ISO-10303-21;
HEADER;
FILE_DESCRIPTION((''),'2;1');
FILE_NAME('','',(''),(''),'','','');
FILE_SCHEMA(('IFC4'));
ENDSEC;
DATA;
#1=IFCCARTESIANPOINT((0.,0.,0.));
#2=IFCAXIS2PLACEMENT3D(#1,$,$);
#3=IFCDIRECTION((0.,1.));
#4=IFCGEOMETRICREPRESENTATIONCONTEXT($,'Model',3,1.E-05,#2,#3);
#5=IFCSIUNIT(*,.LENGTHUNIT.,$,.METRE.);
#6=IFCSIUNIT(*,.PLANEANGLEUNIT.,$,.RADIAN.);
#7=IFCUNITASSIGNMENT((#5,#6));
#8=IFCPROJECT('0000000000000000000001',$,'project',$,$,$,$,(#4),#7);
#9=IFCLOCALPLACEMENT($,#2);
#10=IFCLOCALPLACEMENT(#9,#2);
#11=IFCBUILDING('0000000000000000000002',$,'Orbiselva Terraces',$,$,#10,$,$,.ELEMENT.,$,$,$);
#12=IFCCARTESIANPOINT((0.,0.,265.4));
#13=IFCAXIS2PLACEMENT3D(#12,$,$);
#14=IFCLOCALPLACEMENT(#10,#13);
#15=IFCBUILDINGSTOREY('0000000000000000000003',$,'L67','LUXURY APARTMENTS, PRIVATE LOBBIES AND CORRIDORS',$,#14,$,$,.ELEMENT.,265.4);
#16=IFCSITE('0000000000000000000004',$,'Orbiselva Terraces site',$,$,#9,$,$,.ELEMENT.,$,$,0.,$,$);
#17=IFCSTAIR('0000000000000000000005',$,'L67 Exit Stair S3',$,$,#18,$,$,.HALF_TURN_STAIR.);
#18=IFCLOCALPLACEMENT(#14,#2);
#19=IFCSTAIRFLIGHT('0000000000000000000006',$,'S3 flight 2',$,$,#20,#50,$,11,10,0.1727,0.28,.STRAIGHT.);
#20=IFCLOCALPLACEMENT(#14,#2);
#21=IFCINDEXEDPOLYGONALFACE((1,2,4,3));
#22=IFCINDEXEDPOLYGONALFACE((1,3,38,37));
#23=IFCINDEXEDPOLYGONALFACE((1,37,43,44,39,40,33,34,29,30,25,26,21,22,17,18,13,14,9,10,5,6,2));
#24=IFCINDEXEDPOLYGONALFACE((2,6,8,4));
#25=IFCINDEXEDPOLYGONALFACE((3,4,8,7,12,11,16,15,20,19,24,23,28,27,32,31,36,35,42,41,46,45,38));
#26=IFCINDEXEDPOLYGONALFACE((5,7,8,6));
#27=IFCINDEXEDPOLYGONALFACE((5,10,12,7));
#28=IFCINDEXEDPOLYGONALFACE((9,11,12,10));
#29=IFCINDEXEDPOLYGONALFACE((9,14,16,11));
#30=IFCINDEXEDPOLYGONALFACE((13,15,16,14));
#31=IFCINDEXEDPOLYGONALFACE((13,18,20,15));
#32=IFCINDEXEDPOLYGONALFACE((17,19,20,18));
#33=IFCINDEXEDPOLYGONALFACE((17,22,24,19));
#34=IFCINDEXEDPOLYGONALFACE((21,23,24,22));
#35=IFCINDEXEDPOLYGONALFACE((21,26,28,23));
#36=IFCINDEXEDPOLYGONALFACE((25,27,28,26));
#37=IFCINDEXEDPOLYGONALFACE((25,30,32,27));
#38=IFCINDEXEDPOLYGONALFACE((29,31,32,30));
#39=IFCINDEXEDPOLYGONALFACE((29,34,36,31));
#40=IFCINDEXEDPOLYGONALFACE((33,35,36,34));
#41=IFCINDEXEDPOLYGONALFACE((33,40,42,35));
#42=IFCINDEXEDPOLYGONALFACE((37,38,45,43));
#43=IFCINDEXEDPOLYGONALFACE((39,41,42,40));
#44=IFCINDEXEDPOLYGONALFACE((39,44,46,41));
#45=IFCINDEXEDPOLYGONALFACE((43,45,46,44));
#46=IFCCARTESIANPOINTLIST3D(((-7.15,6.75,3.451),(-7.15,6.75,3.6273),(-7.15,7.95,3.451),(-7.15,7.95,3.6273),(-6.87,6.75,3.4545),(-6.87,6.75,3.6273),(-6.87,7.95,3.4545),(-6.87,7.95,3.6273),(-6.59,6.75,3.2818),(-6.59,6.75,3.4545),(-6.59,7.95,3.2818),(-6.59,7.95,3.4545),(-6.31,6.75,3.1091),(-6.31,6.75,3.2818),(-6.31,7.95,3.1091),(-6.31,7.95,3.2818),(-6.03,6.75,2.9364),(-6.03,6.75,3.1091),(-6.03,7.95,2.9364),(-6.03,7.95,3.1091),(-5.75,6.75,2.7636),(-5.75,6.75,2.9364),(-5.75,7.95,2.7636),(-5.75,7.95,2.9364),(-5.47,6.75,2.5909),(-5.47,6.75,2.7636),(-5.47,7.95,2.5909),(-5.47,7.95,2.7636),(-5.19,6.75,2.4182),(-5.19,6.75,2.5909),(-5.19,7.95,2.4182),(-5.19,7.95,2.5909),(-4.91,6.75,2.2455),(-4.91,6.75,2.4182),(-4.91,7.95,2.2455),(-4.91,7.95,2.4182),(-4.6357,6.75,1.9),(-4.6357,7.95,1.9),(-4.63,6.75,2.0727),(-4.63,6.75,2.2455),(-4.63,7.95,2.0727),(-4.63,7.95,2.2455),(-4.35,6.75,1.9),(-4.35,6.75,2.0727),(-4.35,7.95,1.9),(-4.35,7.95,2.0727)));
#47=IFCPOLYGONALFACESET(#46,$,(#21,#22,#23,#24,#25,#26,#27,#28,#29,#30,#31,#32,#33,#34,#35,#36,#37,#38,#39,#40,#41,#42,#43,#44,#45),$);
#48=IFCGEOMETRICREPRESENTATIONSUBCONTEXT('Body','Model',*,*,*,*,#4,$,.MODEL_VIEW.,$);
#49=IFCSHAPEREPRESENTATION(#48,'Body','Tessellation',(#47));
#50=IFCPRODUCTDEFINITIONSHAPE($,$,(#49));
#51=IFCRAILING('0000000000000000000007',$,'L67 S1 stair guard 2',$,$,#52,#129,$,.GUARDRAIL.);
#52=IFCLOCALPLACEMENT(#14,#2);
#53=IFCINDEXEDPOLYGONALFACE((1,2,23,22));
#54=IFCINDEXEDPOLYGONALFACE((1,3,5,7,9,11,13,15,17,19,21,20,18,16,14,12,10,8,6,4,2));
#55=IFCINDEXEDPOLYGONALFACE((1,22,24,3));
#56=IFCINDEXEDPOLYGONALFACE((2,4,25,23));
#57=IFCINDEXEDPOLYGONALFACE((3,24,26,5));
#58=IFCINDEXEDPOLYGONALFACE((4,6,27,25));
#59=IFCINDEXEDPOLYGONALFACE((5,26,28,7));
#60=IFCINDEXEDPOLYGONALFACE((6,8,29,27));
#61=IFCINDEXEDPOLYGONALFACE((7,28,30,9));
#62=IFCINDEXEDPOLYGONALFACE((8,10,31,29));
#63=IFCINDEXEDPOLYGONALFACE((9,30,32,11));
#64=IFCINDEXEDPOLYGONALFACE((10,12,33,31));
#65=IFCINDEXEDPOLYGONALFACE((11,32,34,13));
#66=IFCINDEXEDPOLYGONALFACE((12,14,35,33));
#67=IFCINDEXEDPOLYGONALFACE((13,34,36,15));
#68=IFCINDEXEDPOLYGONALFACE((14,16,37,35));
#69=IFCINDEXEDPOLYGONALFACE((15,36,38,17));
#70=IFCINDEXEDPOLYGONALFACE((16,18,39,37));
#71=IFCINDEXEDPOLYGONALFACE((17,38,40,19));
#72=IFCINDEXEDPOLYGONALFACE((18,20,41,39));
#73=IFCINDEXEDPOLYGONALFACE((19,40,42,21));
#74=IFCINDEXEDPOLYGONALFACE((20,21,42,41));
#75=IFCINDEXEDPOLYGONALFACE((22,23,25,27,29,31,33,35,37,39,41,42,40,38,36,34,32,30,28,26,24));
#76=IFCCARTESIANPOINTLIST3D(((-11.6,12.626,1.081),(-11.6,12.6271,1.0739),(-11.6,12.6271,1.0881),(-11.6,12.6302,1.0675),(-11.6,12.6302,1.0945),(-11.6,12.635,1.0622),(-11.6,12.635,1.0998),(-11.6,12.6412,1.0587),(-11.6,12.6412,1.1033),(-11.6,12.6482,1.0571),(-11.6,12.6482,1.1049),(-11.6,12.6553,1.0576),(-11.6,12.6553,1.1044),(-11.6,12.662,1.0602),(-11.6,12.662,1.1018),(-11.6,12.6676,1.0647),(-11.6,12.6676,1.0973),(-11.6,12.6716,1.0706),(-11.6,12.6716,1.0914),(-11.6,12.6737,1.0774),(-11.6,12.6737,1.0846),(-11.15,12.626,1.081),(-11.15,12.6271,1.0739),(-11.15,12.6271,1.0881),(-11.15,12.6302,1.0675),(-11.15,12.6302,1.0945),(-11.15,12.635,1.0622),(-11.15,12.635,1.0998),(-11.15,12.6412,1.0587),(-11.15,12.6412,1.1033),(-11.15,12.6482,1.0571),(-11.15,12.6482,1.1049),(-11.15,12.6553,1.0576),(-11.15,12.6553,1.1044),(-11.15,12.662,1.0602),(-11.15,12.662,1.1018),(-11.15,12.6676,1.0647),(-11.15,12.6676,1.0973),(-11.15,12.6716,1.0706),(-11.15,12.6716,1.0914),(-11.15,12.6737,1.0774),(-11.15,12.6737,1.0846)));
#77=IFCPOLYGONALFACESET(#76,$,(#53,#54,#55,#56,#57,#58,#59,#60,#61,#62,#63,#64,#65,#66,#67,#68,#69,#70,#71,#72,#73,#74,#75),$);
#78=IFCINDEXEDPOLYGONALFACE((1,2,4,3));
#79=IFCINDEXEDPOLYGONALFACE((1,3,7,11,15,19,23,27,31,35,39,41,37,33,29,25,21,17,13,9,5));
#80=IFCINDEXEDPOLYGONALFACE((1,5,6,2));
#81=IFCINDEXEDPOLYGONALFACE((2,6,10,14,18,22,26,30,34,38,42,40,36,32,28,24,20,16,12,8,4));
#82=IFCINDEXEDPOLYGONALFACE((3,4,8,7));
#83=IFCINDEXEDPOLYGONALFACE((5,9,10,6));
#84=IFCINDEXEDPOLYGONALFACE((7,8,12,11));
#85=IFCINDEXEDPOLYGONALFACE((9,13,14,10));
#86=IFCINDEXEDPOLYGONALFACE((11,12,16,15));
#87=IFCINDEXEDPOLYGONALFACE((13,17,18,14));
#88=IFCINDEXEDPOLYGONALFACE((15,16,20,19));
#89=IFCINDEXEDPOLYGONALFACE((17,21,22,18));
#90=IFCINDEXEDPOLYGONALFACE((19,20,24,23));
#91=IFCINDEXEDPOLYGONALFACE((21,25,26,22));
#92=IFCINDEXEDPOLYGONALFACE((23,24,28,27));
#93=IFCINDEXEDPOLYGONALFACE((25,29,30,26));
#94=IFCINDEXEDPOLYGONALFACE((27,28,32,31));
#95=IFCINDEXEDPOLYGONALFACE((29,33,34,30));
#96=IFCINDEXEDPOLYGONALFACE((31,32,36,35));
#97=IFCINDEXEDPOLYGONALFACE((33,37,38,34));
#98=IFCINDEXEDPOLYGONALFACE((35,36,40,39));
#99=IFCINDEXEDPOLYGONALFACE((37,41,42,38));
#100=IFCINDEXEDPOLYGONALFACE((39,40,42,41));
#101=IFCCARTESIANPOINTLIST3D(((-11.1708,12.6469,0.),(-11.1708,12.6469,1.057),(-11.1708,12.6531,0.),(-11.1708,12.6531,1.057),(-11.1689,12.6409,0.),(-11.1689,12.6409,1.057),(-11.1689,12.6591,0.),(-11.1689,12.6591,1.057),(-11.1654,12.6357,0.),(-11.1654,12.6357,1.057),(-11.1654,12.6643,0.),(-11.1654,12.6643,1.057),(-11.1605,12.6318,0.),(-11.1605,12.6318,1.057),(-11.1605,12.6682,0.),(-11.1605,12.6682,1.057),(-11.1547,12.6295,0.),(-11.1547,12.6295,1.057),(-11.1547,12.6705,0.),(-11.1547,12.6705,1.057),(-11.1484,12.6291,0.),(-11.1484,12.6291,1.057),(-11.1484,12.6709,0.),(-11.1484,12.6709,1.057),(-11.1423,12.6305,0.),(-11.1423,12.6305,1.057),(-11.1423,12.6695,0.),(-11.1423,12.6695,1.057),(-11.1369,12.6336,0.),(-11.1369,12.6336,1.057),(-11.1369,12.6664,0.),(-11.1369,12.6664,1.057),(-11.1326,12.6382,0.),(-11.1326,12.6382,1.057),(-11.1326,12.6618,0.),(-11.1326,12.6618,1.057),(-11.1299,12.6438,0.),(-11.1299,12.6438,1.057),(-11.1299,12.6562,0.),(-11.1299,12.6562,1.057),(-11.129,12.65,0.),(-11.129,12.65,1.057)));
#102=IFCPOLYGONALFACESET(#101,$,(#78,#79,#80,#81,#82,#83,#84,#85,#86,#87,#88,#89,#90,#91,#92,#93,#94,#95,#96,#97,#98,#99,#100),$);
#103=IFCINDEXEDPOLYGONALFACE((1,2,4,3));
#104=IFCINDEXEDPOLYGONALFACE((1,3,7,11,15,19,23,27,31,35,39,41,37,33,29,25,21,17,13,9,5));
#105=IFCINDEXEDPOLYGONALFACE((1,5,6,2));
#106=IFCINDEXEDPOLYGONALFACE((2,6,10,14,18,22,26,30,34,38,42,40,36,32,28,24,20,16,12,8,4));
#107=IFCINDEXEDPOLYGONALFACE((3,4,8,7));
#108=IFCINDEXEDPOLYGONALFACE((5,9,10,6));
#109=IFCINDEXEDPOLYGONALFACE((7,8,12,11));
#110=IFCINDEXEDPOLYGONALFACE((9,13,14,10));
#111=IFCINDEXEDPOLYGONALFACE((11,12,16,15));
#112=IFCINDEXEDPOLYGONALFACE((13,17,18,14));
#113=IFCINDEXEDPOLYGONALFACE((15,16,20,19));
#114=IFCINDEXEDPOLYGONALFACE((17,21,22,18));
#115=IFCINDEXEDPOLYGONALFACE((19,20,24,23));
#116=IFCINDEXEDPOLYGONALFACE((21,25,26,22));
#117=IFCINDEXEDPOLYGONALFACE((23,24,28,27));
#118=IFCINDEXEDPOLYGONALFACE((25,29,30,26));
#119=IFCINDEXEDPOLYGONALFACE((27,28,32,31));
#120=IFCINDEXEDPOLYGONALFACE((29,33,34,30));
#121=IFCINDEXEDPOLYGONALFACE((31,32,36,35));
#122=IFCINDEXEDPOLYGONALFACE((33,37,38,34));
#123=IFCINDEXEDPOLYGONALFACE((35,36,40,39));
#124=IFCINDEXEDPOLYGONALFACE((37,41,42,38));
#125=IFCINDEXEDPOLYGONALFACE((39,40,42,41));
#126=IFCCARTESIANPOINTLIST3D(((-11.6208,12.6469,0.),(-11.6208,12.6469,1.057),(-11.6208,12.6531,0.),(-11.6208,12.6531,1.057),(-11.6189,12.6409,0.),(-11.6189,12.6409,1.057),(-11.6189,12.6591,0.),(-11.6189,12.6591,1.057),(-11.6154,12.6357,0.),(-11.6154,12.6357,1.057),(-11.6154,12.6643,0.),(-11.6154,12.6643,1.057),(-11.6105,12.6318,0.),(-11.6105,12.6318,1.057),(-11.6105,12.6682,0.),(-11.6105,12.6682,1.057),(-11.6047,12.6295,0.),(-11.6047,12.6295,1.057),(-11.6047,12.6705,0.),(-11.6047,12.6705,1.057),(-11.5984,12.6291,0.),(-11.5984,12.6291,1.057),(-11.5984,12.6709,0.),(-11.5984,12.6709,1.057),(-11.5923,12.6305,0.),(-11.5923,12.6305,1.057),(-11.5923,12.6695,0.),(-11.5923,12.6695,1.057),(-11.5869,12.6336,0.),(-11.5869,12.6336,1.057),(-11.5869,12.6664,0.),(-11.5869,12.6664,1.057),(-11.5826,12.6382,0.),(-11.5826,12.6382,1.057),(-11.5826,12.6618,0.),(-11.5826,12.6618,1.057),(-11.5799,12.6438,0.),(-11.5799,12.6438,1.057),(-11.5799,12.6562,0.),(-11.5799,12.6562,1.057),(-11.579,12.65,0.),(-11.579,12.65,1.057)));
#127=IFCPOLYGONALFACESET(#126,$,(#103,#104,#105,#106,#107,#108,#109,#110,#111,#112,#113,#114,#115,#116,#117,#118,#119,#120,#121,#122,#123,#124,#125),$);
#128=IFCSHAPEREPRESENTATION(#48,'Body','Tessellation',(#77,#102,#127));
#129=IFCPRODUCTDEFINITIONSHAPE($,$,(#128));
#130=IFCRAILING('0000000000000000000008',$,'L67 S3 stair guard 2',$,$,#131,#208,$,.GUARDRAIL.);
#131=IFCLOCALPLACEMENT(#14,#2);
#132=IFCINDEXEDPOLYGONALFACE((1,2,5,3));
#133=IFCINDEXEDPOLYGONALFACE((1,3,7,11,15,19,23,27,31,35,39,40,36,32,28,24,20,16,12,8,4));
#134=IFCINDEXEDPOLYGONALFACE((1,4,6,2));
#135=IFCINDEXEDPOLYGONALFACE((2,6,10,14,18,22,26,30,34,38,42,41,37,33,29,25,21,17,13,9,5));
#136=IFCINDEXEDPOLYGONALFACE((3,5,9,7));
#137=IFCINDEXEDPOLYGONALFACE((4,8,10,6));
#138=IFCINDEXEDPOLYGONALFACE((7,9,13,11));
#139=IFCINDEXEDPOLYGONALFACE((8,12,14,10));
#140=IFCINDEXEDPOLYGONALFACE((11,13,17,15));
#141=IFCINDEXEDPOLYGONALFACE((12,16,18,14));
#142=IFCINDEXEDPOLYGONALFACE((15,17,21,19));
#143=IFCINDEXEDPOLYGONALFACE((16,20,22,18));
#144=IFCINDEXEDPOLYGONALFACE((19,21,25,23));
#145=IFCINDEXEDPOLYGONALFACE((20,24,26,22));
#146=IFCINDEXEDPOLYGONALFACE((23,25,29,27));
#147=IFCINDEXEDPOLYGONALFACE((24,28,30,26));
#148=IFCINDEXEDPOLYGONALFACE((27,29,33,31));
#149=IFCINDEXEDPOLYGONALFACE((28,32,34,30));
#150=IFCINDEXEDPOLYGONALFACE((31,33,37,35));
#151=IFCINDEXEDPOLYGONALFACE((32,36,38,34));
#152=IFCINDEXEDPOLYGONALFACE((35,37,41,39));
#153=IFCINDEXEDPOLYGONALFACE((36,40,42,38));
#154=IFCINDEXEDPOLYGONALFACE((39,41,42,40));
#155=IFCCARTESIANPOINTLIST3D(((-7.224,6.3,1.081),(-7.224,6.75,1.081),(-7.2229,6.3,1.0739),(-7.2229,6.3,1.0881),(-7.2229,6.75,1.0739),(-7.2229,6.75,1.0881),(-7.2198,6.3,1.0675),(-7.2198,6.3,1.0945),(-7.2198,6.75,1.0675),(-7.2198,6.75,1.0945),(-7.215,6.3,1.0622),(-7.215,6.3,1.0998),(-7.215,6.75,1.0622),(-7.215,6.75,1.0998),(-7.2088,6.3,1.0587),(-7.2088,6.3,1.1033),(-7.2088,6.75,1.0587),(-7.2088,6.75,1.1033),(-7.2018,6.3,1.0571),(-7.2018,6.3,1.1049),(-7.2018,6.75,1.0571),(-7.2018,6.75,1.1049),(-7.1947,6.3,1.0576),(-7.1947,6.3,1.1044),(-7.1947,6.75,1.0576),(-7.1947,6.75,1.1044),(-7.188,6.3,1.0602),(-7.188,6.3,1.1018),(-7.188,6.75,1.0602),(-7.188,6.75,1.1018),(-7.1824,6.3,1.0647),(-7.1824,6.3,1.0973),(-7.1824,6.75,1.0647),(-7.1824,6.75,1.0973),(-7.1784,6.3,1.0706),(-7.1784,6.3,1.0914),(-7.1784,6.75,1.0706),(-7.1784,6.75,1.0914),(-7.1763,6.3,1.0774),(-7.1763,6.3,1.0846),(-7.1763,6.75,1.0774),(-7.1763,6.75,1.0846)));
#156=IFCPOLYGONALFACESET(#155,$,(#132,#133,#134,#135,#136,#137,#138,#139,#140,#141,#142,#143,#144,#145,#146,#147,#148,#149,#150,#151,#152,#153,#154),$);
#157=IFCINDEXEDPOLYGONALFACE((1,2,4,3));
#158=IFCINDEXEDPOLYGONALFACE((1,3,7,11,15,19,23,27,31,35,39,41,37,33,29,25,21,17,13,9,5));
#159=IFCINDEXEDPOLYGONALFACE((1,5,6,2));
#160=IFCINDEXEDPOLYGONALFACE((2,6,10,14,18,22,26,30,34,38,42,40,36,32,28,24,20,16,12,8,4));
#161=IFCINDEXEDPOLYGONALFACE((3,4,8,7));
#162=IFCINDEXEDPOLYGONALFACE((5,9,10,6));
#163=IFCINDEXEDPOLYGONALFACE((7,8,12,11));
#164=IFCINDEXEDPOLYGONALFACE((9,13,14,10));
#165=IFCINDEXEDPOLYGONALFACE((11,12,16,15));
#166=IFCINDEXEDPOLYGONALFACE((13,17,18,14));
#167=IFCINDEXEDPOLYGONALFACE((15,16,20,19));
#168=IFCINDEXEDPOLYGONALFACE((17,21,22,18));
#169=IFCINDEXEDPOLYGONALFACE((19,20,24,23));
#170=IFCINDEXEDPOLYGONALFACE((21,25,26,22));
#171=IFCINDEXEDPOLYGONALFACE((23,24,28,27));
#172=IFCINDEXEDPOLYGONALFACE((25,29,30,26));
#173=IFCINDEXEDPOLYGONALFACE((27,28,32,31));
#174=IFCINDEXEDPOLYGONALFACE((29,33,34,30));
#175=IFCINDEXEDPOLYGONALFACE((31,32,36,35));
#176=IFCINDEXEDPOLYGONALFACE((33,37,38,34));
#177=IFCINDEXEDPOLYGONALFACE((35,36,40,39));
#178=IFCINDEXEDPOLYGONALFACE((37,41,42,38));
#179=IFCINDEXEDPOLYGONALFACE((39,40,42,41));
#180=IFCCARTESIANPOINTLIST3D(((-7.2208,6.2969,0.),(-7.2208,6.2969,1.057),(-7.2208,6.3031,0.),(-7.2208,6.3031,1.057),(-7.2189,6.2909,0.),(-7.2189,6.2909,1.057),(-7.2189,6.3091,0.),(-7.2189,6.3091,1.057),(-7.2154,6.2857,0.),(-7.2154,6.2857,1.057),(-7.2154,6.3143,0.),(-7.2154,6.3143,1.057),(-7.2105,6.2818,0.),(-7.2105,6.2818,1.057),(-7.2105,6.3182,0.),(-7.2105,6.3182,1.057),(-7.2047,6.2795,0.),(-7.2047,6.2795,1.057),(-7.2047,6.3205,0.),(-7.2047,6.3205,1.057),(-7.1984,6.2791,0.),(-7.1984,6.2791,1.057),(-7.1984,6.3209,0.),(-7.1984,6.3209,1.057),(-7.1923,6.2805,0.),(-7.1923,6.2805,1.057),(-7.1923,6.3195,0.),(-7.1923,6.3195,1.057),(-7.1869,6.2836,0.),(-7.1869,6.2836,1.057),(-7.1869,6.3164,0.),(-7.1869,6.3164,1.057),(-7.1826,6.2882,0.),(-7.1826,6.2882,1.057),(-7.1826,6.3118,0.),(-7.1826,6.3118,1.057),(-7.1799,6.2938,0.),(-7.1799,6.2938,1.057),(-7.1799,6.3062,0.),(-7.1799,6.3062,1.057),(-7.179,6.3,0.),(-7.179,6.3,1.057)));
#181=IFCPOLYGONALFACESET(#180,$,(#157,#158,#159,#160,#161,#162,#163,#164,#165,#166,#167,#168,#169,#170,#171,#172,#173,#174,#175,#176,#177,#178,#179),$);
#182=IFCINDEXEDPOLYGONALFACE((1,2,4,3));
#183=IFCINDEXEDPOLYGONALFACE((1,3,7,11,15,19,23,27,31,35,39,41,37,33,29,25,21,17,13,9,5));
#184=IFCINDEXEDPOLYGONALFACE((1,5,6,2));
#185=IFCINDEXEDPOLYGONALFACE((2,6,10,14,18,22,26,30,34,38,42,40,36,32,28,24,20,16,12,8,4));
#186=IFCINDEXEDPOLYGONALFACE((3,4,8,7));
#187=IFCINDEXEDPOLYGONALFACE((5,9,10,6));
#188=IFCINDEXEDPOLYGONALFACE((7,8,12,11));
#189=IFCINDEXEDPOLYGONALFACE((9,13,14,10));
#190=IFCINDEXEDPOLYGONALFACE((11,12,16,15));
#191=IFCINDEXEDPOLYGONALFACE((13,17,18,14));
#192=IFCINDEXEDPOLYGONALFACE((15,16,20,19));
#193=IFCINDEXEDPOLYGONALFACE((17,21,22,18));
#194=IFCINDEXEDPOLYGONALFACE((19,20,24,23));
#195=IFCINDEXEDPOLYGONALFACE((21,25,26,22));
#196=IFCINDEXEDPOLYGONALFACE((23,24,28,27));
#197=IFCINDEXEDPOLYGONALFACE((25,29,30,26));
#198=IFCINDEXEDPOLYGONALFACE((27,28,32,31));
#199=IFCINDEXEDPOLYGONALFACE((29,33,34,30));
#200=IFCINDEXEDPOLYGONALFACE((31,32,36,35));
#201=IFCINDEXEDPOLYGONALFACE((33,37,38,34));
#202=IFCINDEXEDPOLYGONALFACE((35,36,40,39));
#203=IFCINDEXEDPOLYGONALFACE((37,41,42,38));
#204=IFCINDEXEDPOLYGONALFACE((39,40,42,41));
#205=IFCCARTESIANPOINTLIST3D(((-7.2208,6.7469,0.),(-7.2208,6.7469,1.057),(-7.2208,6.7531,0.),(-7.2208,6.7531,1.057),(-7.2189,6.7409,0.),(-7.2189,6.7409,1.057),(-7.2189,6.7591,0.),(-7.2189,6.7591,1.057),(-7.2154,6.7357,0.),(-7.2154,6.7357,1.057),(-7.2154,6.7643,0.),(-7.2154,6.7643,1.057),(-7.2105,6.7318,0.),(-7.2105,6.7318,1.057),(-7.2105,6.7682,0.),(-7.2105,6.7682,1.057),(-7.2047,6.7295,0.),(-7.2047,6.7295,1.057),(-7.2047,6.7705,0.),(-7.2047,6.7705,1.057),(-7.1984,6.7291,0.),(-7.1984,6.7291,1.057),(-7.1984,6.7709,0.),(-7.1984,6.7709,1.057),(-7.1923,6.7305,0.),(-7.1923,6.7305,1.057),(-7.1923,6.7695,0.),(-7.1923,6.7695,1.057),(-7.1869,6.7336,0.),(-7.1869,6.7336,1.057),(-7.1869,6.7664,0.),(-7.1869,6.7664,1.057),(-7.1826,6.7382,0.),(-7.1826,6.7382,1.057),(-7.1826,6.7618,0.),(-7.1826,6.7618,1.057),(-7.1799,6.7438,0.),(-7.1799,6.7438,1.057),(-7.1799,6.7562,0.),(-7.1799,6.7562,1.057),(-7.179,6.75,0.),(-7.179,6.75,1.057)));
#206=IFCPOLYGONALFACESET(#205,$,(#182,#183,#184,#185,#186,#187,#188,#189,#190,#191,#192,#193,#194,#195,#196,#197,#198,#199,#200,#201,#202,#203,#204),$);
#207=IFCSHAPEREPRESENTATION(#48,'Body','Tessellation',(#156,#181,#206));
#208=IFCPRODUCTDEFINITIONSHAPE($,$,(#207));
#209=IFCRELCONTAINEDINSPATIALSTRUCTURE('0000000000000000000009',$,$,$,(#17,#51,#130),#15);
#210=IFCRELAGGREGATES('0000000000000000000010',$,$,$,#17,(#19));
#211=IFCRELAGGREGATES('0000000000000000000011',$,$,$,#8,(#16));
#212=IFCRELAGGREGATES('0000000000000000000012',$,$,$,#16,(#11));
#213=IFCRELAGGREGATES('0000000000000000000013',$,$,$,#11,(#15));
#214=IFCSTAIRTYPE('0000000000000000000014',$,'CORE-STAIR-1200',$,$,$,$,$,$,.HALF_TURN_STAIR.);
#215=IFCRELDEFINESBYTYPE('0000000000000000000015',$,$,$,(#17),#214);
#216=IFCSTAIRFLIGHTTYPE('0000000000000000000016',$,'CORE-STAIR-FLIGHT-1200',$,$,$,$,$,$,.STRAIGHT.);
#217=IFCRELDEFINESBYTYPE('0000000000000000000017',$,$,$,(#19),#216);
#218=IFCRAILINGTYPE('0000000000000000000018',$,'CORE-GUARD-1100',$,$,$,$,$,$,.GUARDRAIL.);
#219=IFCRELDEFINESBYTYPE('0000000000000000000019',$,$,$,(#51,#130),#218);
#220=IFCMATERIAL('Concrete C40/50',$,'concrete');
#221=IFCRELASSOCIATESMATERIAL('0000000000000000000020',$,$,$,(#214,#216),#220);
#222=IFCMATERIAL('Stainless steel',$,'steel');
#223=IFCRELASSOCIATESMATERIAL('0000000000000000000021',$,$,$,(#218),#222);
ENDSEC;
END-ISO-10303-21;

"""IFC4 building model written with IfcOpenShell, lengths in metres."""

from ifc_helpers import new_model, si_unit, direction, frame, origin, origin_2d, place, context, subcontext, project, spatial, polyline, circle, outline, extrude, material, type_object, element, aggregate, save


model = new_model("IFC4")

# Units and contexts
model_context = context("Model", 3, precision=1e-05, world=origin(), true_north=direction((0.0, 1.0)))
body_context = subcontext(model_context, "Body", "Model", "MODEL_VIEW")
ifc_project = project(units=[si_unit("LENGTHUNIT", "METRE"), si_unit("PLANEANGLEUNIT", "RADIAN")], contexts=[model_context])

# Site, building, storey
site_placement = place(None, origin())
site = spatial("IfcSite", under=ifc_project, at=site_placement, Name="Orbiselva Terraces site", CompositionType="ELEMENT", RefElevation=0.0)
building_placement = place(site_placement, origin())
building = spatial("IfcBuilding", under=site, at=building_placement, Name="Orbiselva Terraces", CompositionType="ELEMENT")
storey_placement = place(building_placement, frame((0.0, 0.0, 265.4)))
storey = spatial("IfcBuildingStorey", under=building, at=storey_placement, Name="L67", Description="LUXURY APARTMENTS, PRIVATE LOBBIES AND CORRIDORS", CompositionType="ELEMENT", Elevation=265.4)

# Stair, stair flight
ifc_material_1 = material(Name="Concrete C40/50", Category="concrete")
stair_type = type_object("IfcStairType", Name="CORE-STAIR-1200", PredefinedType="HALF_TURN_STAIR", material=ifc_material_1)
stair_placement = place(storey_placement, origin())
stair = element("IfcStair", 1, at=stair_placement, inside=storey, type_object=stair_type, Name="L67 Exit Stair S3", PredefinedType="HALF_TURN_STAIR")
stair_flight_type = type_object("IfcStairFlightType", Name="CORE-STAIR-FLIGHT-1200", PredefinedType="STRAIGHT", material=ifc_material_1)
stair_flight_1_placement = place(storey_placement, frame((-4.35, 7.35, 1.9), z_axis=(0.0, 0.0, 1.0), x_axis=(-1.0, 0.0, 0.0)))
stair_flight_1 = element("IfcStairFlight", 2, at=stair_flight_1_placement, type_object=stair_flight_type, Name="S3 flight 2", NumberOfRisers=11, NumberOfTreads=10, PredefinedType="STRAIGHT", RiserHeight=0.1727, TreadLength=0.28, context=body_context, shape_type="SweptSolid", body=[
    extrude(outline(polyline([(0.0, 0.0), (0.0, 0.1727), (0.28, 0.1727), (0.28, 0.3455), (0.56, 0.3455), (0.56, 0.5182), (0.84, 0.5182), (0.84, 0.6909), (1.12, 0.6909), (1.12, 0.8636), (1.4, 0.8636), (1.4, 1.0364), (1.68, 1.0364), (1.68, 1.2091), (1.96, 1.2091), (1.96, 1.3818), (2.24, 1.3818), (2.24, 1.5545), (2.52, 1.5545), (2.52, 1.7273), (2.8, 1.7273), (2.8, 1.9), (2.8, 1.551), (0.2857, 0.0), (0.0, 0.0)])), frame((0.0, 0.6, 0.0), z_axis=(0.0, -1.0, 0.0), x_axis=(1.0, 0.0, 0.0)), (0.0, 0.0, 1.0), 1.2),
])
aggregate(stair, [stair_flight_1])

# Railings
ifc_material_2 = material(Name="Stainless steel", Category="steel")
railing_type_1 = type_object("IfcRailingType", Name="CORE-GUARD-1100", PredefinedType="GUARDRAIL", material=ifc_material_2)
railing_1_placement = place(storey_placement, frame((-11.15, 12.65, 0.0)))
element("IfcRailing", 3, at=railing_1_placement, inside=storey, type_object=railing_type_1, Name="L67 S1 stair guard 2", PredefinedType="GUARDRAIL", context=body_context, shape_type="SweptSolid", body=[
    extrude(circle(Radius=0.024, at=origin_2d()), frame((0.0, 0.0, 1.081), z_axis=(-1.0, 0.0, 0.0), x_axis=(0.0, -1.0, 0.0)), (0.0, 0.0, 1.0), 0.45),
    extrude(circle(Radius=0.021, at=origin_2d()), origin(), (0.0, 0.0, 1.0), 1.057),
    extrude(circle(Radius=0.021, at=origin_2d()), frame((-0.45, 0.0, 0.0)), (0.0, 0.0, 1.0), 1.057),
])
railing_2_placement = place(storey_placement, frame((-7.2, 6.3, 0.0)))
element("IfcRailing", 4, at=railing_2_placement, inside=storey, type_object=railing_type_1, Name="L67 S3 stair guard 2", PredefinedType="GUARDRAIL", context=body_context, shape_type="SweptSolid", body=[
    extrude(circle(Radius=0.024, at=origin_2d()), frame((0.0, 0.0, 1.081), z_axis=(0.0, 1.0, 0.0), x_axis=(-1.0, 0.0, 0.0)), (0.0, 0.0, 1.0), 0.45),
    extrude(circle(Radius=0.021, at=origin_2d()), origin(), (0.0, 0.0, 1.0), 1.057),
    extrude(circle(Radius=0.021, at=origin_2d()), frame((0.0, 0.45, 0.0)), (0.0, 0.0, 1.0), 1.057),
])

save(model, "model.ifc")
